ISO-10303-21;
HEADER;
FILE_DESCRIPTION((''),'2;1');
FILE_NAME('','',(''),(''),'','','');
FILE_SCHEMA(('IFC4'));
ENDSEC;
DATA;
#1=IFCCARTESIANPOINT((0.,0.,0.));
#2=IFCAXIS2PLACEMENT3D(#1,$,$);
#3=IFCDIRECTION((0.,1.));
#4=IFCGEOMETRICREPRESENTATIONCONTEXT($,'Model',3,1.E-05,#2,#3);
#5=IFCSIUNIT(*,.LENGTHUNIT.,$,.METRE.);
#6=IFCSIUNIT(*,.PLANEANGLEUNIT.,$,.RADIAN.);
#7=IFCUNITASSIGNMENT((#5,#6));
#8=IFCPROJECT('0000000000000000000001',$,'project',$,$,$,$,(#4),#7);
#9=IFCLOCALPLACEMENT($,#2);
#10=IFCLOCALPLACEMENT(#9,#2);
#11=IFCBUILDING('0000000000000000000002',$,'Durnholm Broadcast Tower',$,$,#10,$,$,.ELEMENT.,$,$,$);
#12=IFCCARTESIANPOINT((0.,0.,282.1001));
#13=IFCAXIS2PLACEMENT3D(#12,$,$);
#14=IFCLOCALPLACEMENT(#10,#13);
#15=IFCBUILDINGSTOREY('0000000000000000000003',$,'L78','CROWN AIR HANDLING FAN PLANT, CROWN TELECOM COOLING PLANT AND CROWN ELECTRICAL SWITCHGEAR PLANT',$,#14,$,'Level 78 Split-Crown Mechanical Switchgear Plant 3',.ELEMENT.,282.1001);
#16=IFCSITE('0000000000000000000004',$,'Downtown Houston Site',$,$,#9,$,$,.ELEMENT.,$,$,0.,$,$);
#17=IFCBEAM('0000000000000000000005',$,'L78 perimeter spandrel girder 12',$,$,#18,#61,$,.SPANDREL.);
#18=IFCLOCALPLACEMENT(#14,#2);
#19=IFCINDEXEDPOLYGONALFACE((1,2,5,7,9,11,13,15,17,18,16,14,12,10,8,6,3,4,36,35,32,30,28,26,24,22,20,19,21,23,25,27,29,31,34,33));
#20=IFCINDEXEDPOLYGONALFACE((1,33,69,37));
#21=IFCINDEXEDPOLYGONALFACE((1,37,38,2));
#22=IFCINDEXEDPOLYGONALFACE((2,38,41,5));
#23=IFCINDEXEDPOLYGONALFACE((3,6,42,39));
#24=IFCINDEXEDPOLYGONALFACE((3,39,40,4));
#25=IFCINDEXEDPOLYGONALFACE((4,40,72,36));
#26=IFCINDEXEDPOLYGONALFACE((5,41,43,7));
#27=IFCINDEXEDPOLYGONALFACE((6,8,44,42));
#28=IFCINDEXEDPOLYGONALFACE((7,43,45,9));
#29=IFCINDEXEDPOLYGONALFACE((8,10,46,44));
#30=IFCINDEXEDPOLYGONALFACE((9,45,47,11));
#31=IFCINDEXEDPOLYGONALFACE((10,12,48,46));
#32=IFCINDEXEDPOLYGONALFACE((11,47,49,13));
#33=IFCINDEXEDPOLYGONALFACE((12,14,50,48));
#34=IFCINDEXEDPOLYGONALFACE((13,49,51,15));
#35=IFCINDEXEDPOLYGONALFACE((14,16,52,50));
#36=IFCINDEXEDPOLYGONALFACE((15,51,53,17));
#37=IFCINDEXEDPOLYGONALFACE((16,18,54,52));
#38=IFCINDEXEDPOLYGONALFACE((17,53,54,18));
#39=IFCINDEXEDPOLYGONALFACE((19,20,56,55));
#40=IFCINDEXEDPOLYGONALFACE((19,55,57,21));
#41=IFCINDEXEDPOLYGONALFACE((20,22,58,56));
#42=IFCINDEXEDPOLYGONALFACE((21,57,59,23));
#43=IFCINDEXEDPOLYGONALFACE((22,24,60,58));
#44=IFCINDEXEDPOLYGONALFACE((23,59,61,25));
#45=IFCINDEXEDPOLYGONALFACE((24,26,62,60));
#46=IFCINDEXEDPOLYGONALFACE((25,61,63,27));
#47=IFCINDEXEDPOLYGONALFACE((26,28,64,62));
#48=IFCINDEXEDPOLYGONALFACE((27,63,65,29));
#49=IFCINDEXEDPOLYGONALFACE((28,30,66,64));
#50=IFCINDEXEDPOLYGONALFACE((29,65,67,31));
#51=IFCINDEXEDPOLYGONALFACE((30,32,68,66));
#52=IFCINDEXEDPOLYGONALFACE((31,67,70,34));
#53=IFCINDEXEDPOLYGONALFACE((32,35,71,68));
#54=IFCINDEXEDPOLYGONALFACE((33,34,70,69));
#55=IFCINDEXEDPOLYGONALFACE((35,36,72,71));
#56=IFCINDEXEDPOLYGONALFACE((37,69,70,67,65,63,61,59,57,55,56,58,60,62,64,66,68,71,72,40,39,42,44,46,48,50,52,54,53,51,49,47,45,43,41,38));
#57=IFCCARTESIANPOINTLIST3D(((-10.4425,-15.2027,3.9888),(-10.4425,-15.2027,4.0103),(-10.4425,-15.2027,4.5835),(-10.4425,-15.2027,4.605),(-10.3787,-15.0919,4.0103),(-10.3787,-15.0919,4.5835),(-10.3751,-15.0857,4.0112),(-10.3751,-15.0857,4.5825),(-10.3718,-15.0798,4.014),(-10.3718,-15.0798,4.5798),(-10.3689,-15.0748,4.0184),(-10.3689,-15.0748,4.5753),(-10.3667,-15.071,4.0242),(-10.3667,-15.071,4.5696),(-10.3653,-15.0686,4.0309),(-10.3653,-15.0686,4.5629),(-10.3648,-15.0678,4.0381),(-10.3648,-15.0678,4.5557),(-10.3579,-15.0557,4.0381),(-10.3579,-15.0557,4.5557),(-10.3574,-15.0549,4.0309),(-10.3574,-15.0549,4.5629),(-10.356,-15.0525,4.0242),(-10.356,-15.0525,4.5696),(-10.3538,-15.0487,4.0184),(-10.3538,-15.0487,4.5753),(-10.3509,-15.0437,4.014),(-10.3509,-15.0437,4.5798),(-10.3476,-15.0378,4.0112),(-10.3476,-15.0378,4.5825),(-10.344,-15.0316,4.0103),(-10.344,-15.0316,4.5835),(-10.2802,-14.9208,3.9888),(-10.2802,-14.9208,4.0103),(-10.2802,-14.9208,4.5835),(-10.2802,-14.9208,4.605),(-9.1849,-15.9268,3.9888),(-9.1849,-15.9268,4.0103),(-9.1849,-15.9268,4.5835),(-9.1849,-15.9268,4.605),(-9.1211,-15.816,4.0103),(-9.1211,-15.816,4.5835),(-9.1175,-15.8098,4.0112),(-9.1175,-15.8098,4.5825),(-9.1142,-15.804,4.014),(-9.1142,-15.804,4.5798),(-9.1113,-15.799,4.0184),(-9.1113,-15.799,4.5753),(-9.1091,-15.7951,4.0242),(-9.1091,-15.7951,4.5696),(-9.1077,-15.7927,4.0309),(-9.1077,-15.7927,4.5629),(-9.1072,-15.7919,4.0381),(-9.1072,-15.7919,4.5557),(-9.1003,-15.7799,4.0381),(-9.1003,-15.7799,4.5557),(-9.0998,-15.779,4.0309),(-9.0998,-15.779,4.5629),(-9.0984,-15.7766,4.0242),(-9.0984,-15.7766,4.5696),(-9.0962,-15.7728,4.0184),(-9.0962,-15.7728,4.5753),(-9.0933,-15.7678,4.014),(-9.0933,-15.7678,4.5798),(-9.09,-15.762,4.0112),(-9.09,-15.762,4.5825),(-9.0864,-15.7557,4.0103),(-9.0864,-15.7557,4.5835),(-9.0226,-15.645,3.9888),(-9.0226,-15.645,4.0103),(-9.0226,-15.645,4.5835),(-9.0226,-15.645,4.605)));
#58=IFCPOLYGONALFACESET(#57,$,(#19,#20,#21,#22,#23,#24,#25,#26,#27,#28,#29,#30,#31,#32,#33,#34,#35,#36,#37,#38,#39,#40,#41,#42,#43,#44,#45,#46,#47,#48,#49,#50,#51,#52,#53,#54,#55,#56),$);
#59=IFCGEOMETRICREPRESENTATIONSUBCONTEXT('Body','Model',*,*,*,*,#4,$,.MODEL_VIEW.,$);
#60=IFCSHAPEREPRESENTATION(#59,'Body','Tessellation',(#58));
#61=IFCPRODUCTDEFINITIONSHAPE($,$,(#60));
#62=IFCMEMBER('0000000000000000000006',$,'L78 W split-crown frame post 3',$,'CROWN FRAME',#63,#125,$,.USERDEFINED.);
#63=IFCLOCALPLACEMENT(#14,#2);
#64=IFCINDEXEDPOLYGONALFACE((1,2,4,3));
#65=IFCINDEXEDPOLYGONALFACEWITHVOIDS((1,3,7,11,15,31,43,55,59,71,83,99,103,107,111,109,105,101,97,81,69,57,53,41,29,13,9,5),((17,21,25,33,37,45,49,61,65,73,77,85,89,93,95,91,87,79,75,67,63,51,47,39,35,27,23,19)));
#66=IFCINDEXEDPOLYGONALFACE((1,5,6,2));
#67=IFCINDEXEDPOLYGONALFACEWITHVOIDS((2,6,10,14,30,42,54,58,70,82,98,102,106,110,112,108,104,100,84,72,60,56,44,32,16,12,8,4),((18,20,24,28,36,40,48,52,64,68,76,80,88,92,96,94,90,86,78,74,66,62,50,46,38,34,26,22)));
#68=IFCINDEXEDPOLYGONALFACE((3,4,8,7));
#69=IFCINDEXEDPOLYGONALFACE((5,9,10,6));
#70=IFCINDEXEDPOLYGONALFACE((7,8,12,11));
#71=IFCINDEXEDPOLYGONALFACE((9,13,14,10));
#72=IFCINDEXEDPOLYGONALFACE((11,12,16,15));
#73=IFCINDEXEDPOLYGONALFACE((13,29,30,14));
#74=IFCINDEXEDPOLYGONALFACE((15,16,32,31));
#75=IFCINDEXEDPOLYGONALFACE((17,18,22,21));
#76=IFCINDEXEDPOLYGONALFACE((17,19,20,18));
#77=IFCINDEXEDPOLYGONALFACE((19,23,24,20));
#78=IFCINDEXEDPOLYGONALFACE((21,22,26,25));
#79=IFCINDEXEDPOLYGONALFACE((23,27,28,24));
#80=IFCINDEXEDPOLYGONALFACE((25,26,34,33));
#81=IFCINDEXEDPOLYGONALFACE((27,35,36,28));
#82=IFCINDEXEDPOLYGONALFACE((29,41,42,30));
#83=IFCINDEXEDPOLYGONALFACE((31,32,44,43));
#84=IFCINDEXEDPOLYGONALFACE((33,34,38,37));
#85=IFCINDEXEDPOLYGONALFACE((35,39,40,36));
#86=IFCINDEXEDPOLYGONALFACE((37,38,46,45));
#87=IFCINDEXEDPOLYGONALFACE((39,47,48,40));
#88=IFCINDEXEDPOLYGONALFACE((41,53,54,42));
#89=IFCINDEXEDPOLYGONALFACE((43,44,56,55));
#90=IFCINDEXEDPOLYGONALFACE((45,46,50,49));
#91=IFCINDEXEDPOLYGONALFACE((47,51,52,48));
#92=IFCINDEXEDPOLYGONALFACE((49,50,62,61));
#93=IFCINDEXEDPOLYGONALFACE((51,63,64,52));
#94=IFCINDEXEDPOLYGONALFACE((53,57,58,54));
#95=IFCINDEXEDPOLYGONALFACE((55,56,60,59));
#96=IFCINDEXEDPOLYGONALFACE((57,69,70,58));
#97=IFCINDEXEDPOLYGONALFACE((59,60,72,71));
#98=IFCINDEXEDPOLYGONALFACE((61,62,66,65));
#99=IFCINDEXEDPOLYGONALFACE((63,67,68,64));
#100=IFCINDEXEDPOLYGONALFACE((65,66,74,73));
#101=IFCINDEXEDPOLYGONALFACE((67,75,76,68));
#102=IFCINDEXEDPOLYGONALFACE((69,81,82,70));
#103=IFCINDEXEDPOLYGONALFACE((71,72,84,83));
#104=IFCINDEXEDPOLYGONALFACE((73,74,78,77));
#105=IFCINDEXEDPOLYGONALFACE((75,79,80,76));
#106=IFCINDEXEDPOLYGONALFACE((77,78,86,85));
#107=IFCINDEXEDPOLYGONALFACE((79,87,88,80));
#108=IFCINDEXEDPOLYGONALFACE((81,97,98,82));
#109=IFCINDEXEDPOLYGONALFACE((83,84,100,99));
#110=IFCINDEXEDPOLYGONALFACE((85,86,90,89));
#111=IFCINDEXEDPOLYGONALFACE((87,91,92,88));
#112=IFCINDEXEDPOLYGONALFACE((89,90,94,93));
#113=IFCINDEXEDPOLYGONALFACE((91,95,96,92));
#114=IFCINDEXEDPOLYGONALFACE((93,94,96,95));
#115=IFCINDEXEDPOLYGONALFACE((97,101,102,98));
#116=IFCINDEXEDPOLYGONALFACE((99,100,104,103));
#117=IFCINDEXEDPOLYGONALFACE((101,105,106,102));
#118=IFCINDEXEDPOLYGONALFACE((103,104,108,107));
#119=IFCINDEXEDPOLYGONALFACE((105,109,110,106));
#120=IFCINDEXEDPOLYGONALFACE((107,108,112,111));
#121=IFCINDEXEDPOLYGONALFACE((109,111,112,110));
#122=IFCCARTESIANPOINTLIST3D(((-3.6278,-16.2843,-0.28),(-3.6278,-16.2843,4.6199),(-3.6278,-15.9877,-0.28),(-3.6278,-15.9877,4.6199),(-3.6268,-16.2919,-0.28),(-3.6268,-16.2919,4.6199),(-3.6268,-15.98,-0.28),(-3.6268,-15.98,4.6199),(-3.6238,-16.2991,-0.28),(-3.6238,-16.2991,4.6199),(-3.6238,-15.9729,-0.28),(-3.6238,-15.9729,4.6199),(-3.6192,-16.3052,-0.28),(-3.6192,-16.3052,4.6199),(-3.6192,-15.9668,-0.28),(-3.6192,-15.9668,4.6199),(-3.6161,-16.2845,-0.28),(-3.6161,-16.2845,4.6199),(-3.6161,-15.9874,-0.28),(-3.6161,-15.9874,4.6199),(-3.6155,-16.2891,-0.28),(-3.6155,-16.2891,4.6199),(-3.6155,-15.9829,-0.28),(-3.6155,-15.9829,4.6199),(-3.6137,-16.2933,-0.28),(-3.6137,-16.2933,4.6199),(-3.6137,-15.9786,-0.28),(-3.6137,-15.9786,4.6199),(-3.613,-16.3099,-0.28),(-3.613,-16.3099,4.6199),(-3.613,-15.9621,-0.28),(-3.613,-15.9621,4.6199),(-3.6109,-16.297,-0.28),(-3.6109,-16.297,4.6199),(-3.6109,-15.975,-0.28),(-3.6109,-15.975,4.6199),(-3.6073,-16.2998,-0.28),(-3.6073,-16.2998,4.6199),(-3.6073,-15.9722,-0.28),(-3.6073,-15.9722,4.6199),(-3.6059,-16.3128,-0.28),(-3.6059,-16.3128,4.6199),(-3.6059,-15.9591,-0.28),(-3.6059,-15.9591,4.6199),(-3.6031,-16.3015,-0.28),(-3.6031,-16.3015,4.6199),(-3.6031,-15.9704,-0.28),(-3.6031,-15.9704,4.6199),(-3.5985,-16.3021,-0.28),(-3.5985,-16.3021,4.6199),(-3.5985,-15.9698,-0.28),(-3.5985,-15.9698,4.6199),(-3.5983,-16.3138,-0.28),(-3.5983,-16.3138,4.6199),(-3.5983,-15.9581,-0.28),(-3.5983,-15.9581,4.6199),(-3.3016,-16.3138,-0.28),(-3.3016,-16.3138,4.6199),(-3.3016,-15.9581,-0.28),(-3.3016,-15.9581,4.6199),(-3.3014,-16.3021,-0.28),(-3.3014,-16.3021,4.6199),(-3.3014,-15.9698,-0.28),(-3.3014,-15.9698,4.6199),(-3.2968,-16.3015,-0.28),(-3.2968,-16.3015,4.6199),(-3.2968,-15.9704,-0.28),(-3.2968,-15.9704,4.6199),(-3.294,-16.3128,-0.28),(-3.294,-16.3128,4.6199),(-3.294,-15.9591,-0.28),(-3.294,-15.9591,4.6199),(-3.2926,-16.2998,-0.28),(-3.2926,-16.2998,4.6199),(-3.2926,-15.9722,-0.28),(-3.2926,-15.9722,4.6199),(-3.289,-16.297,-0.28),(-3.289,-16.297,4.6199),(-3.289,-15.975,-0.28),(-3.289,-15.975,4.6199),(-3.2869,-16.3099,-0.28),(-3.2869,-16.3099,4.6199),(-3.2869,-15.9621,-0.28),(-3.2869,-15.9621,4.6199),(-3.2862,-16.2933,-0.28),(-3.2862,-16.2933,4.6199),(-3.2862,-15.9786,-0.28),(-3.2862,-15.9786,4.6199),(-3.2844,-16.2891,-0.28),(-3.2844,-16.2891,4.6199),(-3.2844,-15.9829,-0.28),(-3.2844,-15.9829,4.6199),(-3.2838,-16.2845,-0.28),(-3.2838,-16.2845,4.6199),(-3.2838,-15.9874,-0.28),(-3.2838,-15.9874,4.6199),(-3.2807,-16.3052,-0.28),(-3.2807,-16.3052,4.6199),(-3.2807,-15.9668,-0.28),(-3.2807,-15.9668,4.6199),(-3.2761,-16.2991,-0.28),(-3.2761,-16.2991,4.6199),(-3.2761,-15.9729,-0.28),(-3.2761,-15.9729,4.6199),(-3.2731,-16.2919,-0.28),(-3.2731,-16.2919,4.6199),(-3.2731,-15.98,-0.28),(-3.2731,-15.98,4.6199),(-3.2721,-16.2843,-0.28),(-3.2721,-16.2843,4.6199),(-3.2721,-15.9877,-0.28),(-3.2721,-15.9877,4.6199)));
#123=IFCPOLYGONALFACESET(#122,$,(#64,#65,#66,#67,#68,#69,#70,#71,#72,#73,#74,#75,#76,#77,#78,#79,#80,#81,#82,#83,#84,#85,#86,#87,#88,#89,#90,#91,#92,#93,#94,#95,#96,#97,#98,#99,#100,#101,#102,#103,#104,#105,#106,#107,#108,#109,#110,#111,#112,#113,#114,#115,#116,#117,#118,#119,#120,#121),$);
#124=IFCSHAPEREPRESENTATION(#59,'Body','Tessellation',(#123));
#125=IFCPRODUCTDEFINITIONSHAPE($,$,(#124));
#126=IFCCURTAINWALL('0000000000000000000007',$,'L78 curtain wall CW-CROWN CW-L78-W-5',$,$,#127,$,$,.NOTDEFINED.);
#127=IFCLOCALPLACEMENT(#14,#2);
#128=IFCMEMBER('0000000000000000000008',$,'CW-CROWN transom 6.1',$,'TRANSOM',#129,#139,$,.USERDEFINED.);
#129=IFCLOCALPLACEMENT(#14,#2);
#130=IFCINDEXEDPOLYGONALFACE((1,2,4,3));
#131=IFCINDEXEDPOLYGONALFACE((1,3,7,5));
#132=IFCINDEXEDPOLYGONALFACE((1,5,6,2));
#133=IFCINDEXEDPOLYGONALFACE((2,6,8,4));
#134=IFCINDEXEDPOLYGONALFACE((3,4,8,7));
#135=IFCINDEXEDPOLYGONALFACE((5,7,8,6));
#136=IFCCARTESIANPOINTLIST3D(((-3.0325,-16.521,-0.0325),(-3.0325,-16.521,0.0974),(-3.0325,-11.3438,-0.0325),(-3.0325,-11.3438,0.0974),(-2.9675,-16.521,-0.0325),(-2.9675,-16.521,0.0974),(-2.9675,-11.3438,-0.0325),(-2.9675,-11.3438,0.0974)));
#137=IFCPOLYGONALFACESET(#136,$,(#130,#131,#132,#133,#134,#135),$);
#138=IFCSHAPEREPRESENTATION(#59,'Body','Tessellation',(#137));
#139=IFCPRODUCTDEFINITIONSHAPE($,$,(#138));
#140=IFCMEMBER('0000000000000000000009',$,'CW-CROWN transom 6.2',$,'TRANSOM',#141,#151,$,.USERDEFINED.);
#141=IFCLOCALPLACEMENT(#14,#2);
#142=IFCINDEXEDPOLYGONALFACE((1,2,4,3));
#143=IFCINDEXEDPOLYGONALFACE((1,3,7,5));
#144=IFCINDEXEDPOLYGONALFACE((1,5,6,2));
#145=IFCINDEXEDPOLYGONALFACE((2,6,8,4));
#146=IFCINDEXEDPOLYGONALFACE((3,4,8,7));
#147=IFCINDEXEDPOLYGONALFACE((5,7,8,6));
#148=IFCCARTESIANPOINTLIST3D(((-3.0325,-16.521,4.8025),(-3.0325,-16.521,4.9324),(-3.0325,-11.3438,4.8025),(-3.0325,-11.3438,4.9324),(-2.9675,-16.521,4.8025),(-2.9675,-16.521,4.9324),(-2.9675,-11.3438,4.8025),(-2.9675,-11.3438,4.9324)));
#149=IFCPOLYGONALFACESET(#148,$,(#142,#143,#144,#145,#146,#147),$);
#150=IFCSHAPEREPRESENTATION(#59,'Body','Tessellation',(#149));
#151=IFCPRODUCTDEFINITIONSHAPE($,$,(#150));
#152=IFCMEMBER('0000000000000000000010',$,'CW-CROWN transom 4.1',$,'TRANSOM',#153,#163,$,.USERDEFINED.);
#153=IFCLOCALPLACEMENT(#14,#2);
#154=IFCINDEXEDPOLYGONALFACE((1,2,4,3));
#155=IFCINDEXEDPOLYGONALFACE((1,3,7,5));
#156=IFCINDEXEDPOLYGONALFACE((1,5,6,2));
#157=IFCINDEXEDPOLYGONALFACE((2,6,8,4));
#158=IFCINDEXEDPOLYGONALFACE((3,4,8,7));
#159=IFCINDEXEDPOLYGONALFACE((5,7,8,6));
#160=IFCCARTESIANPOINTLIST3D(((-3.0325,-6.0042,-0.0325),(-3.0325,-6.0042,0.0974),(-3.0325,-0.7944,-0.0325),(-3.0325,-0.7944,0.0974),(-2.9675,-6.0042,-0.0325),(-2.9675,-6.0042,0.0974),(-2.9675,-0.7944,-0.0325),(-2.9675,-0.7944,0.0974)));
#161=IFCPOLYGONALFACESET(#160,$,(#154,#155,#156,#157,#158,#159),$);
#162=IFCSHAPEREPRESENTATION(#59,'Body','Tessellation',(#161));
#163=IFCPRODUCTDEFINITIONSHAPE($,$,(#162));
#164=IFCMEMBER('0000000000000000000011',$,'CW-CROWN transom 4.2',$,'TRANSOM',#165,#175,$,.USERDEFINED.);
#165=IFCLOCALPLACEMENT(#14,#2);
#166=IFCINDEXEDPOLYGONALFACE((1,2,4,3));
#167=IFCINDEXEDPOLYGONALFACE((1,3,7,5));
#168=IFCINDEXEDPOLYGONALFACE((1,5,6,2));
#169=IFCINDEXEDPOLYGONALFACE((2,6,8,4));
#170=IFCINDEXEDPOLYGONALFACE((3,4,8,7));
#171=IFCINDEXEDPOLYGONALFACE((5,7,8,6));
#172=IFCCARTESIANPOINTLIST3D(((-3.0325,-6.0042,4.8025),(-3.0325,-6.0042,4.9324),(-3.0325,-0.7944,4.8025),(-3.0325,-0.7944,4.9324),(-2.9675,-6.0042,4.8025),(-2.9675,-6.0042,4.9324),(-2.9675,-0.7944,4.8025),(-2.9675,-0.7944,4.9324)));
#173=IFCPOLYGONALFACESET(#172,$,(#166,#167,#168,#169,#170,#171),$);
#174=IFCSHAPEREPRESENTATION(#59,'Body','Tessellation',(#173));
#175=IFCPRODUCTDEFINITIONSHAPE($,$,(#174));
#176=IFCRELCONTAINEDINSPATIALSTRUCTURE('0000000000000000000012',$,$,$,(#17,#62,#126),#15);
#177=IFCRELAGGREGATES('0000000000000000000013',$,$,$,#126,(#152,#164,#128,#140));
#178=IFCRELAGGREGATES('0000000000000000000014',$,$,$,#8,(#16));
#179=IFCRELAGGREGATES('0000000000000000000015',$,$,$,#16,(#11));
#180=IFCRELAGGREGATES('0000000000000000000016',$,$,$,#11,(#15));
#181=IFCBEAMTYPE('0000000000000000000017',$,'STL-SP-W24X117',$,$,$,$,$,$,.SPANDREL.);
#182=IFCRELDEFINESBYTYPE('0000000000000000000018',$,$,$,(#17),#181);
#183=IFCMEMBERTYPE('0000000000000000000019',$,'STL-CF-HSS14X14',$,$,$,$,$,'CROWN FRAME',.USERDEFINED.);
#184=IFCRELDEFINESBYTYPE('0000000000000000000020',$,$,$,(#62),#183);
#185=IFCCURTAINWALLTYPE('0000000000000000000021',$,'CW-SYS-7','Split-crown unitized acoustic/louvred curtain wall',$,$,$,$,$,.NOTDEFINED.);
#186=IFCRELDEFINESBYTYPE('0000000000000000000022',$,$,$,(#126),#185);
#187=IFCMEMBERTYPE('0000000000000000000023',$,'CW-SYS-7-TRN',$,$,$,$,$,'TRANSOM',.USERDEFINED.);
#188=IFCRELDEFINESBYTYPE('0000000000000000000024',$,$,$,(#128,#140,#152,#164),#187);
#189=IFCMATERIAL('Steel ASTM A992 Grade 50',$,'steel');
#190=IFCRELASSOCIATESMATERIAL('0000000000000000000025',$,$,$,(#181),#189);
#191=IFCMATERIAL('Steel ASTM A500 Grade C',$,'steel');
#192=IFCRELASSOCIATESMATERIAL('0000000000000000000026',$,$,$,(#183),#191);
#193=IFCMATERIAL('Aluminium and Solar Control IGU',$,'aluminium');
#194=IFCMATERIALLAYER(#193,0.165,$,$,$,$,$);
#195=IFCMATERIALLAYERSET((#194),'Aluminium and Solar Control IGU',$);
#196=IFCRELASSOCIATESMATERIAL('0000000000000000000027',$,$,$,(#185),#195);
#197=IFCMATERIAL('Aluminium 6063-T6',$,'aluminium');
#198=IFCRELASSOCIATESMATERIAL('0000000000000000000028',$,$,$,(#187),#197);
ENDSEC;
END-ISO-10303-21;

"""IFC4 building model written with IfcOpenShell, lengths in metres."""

from ifc_helpers import new_model, si_unit, direction, frame, origin, origin_2d, place, context, subcontext, project, spatial, rectangle, hollow_rectangle, i_section, extrude, source, transform, mapped, material, layer, layer_set, material_profile, profile_set, type_object, type_shapes, element, aggregate, save


model = new_model("IFC4")

# Units and contexts
model_context = context("Model", 3, precision=1e-05, world=origin(), true_north=direction((0.0, 1.0)))
body_context = subcontext(model_context, "Body", "Model", "MODEL_VIEW")
ifc_project = project(units=[si_unit("LENGTHUNIT", "METRE"), si_unit("PLANEANGLEUNIT", "RADIAN")], contexts=[model_context])

# Site, building, storey
site_placement = place(None, origin())
site = spatial("IfcSite", under=ifc_project, at=site_placement, Name="Downtown Houston Site", CompositionType="ELEMENT", RefElevation=0.0)
building_placement = place(site_placement, origin())
building = spatial("IfcBuilding", under=site, at=building_placement, Name="Durnholm Broadcast Tower", CompositionType="ELEMENT")
storey_placement = place(building_placement, frame((0.0, 0.0, 282.1001)))
storey = spatial("IfcBuildingStorey", under=building, at=storey_placement, Name="L78", Description="CROWN AIR HANDLING FAN PLANT, CROWN TELECOM COOLING PLANT AND CROWN ELECTRICAL SWITCHGEAR PLANT", LongName="Level 78 Split-Crown Mechanical Switchgear Plant 3", CompositionType="ELEMENT", Elevation=282.1001)

# Beam
ifc_material_1 = material(Name="Steel ASTM A992 Grade 50", Category="steel")
ifc_material_profile_1 = material_profile(ifc_material_1, i_section(OverallWidth=0.3252, OverallDepth=0.6162, WebThickness=0.0139, FlangeThickness=0.0215, FilletRadius=0.0278, at=origin_2d()), Name="W24X117")
ifc_profile_set_1 = profile_set([ifc_material_profile_1], Name="Steel ASTM A992 Grade 50")
beam_type = type_object("IfcBeamType", Name="STL-SP-W24X117", PredefinedType="SPANDREL", material=ifc_profile_set_1)
shared_shape_1 = source(origin(), body_context, "Body", "SweptSolid", [
    extrude(i_section(OverallWidth=0.3252, OverallDepth=0.6162, WebThickness=0.0139, FlangeThickness=0.0215, FilletRadius=0.0278, at=origin_2d()), origin(), (0.0, 0.0, 1.0), 1.4512),
])
type_shapes(beam_type, [shared_shape_1])
beam_placement = place(storey_placement, frame((-9.1038, -15.7859, 4.2969), z_axis=(-0.866603, 0.498999, 0.0), x_axis=(-0.498999, -0.866603, 0.0)))
element("IfcBeam", 1, at=beam_placement, inside=storey, type_object=beam_type, Name="L78 perimeter spandrel girder 12", PredefinedType="SPANDREL", context=body_context, shape_type="MappedRepresentation", body=[
    mapped(shared_shape_1, transform((0.0, 0.0, 0.0), x_axis=(1.0, 0.0, 0.0), y_axis=(0.0, 1.0, 0.0), z_axis=(0.0, 0.0, 1.0), scale=1.0)),
])

# Member
ifc_material_2 = material(Name="Steel ASTM A500 Grade C", Category="steel")
ifc_material_profile_2 = material_profile(ifc_material_2, hollow_rectangle(XDim=0.3557, YDim=0.3557, WallThickness=0.0117, InnerFilletRadius=0.0176, OuterFilletRadius=0.0295, at=origin_2d()), Name="HSS14X14X1/2")
ifc_profile_set_2 = profile_set([ifc_material_profile_2], Name="Steel ASTM A500 Grade C")
member_type_1 = type_object("IfcMemberType", Name="STL-CF-HSS14X14", ElementType="CROWN FRAME", PredefinedType="USERDEFINED", material=ifc_profile_set_2)
shared_shape_2 = source(origin(), body_context, "Body", "SweptSolid", [
    extrude(hollow_rectangle(XDim=0.3557, YDim=0.3557, WallThickness=0.0117, InnerFilletRadius=0.0176, OuterFilletRadius=0.0295, at=origin_2d()), origin(), (0.0, 0.0, 1.0), 4.8999),
])
type_shapes(member_type_1, [shared_shape_2])
member_1_placement = place(storey_placement, frame((-3.45, -16.136, -0.28), z_axis=(0.0, 0.0, 1.0), x_axis=(1.0, 0.0, 0.0)))
element("IfcMember", 2, at=member_1_placement, inside=storey, type_object=member_type_1, Name="L78 W split-crown frame post 3", ObjectType="CROWN FRAME", PredefinedType="USERDEFINED", context=body_context, shape_type="MappedRepresentation", body=[
    mapped(shared_shape_2, transform((0.0, 0.0, 0.0), x_axis=(1.0, 0.0, 0.0), y_axis=(0.0, 1.0, 0.0), z_axis=(0.0, 0.0, 1.0), scale=1.0)),
])

# Curtain wall, members
ifc_material_3 = material(Name="Aluminium and Solar Control IGU", Category="aluminium")
ifc_layer_1 = layer(ifc_material_3, 0.165)
ifc_layer_set_1 = layer_set([ifc_layer_1], Name="Aluminium and Solar Control IGU")
curtain_wall_type = type_object("IfcCurtainWallType", Name="CW-SYS-7", Description="Split-crown unitized acoustic/louvred curtain wall", PredefinedType="NOTDEFINED", material=ifc_layer_set_1)
curtain_wall_placement = place(storey_placement, origin())
curtain_wall = element("IfcCurtainWall", 3, at=curtain_wall_placement, inside=storey, type_object=curtain_wall_type, Name="L78 curtain wall CW-CROWN CW-L78-W-5", PredefinedType="NOTDEFINED")
ifc_material_4 = material(Name="Aluminium 6063-T6", Category="aluminium")
ifc_material_profile_3 = material_profile(ifc_material_4, rectangle(XDim=0.0649, YDim=0.1299, at=origin_2d()), Name="CWT65X130")
ifc_profile_set_3 = profile_set([ifc_material_profile_3], Name="Aluminium 6063-T6")
member_type_2 = type_object("IfcMemberType", Name="CW-SYS-7-TRN", ElementType="TRANSOM", PredefinedType="USERDEFINED", material=ifc_profile_set_3)
shared_shape_3 = source(origin(), body_context, "Body", "SweptSolid", [
    extrude(rectangle(XDim=0.0649, YDim=0.1299, at=origin_2d()), origin(), (0.0, 0.0, 1.0), 5.1772),
])
member_2_placement = place(storey_placement, frame((-3.0, -11.3438, 0.0325), z_axis=(0.0, -1.0, 0.0), x_axis=(1.0, 0.0, 0.0)))
member_2 = element("IfcMember", 4, at=member_2_placement, type_object=member_type_2, Name="CW-CROWN transom 6.1", ObjectType="TRANSOM", PredefinedType="USERDEFINED", context=body_context, shape_type="MappedRepresentation", body=[
    mapped(shared_shape_3, transform((0.0, 0.0, 0.0), x_axis=(1.0, 0.0, 0.0), y_axis=(0.0, 1.0, 0.0), z_axis=(0.0, 0.0, 1.0), scale=1.0)),
])
member_3_placement = place(storey_placement, frame((-3.0, -11.3438, 4.8674), z_axis=(0.0, -1.0, 0.0), x_axis=(1.0, 0.0, 0.0)))
member_3 = element("IfcMember", 5, at=member_3_placement, type_object=member_type_2, Name="CW-CROWN transom 6.2", ObjectType="TRANSOM", PredefinedType="USERDEFINED", context=body_context, shape_type="MappedRepresentation", body=[
    mapped(shared_shape_3, transform((0.0, 0.0, 0.0), x_axis=(1.0, 0.0, 0.0), y_axis=(0.0, 1.0, 0.0), z_axis=(0.0, 0.0, 1.0), scale=1.0)),
])
shared_shape_4 = source(origin(), body_context, "Body", "SweptSolid", [
    extrude(rectangle(XDim=0.0649, YDim=0.1299, at=origin_2d()), origin(), (0.0, 0.0, 1.0), 5.2097),
])
type_shapes(member_type_2, [shared_shape_3, shared_shape_4])
member_4_placement = place(storey_placement, frame((-3.0, -0.7944, 0.0325), z_axis=(0.0, -1.0, 0.0), x_axis=(1.0, 0.0, 0.0)))
member_4 = element("IfcMember", 6, at=member_4_placement, type_object=member_type_2, Name="CW-CROWN transom 4.1", ObjectType="TRANSOM", PredefinedType="USERDEFINED", context=body_context, shape_type="MappedRepresentation", body=[
    mapped(shared_shape_4, transform((0.0, 0.0, 0.0), x_axis=(1.0, 0.0, 0.0), y_axis=(0.0, 1.0, 0.0), z_axis=(0.0, 0.0, 1.0), scale=1.0)),
])
member_5_placement = place(storey_placement, frame((-3.0, -0.7944, 4.8674), z_axis=(0.0, -1.0, 0.0), x_axis=(1.0, 0.0, 0.0)))
member_5 = element("IfcMember", 7, at=member_5_placement, type_object=member_type_2, Name="CW-CROWN transom 4.2", ObjectType="TRANSOM", PredefinedType="USERDEFINED", context=body_context, shape_type="MappedRepresentation", body=[
    mapped(shared_shape_4, transform((0.0, 0.0, 0.0), x_axis=(1.0, 0.0, 0.0), y_axis=(0.0, 1.0, 0.0), z_axis=(0.0, 0.0, 1.0), scale=1.0)),
])

aggregate(curtain_wall, [member_4, member_5, member_2, member_3])

save(model, "model.ifc")
